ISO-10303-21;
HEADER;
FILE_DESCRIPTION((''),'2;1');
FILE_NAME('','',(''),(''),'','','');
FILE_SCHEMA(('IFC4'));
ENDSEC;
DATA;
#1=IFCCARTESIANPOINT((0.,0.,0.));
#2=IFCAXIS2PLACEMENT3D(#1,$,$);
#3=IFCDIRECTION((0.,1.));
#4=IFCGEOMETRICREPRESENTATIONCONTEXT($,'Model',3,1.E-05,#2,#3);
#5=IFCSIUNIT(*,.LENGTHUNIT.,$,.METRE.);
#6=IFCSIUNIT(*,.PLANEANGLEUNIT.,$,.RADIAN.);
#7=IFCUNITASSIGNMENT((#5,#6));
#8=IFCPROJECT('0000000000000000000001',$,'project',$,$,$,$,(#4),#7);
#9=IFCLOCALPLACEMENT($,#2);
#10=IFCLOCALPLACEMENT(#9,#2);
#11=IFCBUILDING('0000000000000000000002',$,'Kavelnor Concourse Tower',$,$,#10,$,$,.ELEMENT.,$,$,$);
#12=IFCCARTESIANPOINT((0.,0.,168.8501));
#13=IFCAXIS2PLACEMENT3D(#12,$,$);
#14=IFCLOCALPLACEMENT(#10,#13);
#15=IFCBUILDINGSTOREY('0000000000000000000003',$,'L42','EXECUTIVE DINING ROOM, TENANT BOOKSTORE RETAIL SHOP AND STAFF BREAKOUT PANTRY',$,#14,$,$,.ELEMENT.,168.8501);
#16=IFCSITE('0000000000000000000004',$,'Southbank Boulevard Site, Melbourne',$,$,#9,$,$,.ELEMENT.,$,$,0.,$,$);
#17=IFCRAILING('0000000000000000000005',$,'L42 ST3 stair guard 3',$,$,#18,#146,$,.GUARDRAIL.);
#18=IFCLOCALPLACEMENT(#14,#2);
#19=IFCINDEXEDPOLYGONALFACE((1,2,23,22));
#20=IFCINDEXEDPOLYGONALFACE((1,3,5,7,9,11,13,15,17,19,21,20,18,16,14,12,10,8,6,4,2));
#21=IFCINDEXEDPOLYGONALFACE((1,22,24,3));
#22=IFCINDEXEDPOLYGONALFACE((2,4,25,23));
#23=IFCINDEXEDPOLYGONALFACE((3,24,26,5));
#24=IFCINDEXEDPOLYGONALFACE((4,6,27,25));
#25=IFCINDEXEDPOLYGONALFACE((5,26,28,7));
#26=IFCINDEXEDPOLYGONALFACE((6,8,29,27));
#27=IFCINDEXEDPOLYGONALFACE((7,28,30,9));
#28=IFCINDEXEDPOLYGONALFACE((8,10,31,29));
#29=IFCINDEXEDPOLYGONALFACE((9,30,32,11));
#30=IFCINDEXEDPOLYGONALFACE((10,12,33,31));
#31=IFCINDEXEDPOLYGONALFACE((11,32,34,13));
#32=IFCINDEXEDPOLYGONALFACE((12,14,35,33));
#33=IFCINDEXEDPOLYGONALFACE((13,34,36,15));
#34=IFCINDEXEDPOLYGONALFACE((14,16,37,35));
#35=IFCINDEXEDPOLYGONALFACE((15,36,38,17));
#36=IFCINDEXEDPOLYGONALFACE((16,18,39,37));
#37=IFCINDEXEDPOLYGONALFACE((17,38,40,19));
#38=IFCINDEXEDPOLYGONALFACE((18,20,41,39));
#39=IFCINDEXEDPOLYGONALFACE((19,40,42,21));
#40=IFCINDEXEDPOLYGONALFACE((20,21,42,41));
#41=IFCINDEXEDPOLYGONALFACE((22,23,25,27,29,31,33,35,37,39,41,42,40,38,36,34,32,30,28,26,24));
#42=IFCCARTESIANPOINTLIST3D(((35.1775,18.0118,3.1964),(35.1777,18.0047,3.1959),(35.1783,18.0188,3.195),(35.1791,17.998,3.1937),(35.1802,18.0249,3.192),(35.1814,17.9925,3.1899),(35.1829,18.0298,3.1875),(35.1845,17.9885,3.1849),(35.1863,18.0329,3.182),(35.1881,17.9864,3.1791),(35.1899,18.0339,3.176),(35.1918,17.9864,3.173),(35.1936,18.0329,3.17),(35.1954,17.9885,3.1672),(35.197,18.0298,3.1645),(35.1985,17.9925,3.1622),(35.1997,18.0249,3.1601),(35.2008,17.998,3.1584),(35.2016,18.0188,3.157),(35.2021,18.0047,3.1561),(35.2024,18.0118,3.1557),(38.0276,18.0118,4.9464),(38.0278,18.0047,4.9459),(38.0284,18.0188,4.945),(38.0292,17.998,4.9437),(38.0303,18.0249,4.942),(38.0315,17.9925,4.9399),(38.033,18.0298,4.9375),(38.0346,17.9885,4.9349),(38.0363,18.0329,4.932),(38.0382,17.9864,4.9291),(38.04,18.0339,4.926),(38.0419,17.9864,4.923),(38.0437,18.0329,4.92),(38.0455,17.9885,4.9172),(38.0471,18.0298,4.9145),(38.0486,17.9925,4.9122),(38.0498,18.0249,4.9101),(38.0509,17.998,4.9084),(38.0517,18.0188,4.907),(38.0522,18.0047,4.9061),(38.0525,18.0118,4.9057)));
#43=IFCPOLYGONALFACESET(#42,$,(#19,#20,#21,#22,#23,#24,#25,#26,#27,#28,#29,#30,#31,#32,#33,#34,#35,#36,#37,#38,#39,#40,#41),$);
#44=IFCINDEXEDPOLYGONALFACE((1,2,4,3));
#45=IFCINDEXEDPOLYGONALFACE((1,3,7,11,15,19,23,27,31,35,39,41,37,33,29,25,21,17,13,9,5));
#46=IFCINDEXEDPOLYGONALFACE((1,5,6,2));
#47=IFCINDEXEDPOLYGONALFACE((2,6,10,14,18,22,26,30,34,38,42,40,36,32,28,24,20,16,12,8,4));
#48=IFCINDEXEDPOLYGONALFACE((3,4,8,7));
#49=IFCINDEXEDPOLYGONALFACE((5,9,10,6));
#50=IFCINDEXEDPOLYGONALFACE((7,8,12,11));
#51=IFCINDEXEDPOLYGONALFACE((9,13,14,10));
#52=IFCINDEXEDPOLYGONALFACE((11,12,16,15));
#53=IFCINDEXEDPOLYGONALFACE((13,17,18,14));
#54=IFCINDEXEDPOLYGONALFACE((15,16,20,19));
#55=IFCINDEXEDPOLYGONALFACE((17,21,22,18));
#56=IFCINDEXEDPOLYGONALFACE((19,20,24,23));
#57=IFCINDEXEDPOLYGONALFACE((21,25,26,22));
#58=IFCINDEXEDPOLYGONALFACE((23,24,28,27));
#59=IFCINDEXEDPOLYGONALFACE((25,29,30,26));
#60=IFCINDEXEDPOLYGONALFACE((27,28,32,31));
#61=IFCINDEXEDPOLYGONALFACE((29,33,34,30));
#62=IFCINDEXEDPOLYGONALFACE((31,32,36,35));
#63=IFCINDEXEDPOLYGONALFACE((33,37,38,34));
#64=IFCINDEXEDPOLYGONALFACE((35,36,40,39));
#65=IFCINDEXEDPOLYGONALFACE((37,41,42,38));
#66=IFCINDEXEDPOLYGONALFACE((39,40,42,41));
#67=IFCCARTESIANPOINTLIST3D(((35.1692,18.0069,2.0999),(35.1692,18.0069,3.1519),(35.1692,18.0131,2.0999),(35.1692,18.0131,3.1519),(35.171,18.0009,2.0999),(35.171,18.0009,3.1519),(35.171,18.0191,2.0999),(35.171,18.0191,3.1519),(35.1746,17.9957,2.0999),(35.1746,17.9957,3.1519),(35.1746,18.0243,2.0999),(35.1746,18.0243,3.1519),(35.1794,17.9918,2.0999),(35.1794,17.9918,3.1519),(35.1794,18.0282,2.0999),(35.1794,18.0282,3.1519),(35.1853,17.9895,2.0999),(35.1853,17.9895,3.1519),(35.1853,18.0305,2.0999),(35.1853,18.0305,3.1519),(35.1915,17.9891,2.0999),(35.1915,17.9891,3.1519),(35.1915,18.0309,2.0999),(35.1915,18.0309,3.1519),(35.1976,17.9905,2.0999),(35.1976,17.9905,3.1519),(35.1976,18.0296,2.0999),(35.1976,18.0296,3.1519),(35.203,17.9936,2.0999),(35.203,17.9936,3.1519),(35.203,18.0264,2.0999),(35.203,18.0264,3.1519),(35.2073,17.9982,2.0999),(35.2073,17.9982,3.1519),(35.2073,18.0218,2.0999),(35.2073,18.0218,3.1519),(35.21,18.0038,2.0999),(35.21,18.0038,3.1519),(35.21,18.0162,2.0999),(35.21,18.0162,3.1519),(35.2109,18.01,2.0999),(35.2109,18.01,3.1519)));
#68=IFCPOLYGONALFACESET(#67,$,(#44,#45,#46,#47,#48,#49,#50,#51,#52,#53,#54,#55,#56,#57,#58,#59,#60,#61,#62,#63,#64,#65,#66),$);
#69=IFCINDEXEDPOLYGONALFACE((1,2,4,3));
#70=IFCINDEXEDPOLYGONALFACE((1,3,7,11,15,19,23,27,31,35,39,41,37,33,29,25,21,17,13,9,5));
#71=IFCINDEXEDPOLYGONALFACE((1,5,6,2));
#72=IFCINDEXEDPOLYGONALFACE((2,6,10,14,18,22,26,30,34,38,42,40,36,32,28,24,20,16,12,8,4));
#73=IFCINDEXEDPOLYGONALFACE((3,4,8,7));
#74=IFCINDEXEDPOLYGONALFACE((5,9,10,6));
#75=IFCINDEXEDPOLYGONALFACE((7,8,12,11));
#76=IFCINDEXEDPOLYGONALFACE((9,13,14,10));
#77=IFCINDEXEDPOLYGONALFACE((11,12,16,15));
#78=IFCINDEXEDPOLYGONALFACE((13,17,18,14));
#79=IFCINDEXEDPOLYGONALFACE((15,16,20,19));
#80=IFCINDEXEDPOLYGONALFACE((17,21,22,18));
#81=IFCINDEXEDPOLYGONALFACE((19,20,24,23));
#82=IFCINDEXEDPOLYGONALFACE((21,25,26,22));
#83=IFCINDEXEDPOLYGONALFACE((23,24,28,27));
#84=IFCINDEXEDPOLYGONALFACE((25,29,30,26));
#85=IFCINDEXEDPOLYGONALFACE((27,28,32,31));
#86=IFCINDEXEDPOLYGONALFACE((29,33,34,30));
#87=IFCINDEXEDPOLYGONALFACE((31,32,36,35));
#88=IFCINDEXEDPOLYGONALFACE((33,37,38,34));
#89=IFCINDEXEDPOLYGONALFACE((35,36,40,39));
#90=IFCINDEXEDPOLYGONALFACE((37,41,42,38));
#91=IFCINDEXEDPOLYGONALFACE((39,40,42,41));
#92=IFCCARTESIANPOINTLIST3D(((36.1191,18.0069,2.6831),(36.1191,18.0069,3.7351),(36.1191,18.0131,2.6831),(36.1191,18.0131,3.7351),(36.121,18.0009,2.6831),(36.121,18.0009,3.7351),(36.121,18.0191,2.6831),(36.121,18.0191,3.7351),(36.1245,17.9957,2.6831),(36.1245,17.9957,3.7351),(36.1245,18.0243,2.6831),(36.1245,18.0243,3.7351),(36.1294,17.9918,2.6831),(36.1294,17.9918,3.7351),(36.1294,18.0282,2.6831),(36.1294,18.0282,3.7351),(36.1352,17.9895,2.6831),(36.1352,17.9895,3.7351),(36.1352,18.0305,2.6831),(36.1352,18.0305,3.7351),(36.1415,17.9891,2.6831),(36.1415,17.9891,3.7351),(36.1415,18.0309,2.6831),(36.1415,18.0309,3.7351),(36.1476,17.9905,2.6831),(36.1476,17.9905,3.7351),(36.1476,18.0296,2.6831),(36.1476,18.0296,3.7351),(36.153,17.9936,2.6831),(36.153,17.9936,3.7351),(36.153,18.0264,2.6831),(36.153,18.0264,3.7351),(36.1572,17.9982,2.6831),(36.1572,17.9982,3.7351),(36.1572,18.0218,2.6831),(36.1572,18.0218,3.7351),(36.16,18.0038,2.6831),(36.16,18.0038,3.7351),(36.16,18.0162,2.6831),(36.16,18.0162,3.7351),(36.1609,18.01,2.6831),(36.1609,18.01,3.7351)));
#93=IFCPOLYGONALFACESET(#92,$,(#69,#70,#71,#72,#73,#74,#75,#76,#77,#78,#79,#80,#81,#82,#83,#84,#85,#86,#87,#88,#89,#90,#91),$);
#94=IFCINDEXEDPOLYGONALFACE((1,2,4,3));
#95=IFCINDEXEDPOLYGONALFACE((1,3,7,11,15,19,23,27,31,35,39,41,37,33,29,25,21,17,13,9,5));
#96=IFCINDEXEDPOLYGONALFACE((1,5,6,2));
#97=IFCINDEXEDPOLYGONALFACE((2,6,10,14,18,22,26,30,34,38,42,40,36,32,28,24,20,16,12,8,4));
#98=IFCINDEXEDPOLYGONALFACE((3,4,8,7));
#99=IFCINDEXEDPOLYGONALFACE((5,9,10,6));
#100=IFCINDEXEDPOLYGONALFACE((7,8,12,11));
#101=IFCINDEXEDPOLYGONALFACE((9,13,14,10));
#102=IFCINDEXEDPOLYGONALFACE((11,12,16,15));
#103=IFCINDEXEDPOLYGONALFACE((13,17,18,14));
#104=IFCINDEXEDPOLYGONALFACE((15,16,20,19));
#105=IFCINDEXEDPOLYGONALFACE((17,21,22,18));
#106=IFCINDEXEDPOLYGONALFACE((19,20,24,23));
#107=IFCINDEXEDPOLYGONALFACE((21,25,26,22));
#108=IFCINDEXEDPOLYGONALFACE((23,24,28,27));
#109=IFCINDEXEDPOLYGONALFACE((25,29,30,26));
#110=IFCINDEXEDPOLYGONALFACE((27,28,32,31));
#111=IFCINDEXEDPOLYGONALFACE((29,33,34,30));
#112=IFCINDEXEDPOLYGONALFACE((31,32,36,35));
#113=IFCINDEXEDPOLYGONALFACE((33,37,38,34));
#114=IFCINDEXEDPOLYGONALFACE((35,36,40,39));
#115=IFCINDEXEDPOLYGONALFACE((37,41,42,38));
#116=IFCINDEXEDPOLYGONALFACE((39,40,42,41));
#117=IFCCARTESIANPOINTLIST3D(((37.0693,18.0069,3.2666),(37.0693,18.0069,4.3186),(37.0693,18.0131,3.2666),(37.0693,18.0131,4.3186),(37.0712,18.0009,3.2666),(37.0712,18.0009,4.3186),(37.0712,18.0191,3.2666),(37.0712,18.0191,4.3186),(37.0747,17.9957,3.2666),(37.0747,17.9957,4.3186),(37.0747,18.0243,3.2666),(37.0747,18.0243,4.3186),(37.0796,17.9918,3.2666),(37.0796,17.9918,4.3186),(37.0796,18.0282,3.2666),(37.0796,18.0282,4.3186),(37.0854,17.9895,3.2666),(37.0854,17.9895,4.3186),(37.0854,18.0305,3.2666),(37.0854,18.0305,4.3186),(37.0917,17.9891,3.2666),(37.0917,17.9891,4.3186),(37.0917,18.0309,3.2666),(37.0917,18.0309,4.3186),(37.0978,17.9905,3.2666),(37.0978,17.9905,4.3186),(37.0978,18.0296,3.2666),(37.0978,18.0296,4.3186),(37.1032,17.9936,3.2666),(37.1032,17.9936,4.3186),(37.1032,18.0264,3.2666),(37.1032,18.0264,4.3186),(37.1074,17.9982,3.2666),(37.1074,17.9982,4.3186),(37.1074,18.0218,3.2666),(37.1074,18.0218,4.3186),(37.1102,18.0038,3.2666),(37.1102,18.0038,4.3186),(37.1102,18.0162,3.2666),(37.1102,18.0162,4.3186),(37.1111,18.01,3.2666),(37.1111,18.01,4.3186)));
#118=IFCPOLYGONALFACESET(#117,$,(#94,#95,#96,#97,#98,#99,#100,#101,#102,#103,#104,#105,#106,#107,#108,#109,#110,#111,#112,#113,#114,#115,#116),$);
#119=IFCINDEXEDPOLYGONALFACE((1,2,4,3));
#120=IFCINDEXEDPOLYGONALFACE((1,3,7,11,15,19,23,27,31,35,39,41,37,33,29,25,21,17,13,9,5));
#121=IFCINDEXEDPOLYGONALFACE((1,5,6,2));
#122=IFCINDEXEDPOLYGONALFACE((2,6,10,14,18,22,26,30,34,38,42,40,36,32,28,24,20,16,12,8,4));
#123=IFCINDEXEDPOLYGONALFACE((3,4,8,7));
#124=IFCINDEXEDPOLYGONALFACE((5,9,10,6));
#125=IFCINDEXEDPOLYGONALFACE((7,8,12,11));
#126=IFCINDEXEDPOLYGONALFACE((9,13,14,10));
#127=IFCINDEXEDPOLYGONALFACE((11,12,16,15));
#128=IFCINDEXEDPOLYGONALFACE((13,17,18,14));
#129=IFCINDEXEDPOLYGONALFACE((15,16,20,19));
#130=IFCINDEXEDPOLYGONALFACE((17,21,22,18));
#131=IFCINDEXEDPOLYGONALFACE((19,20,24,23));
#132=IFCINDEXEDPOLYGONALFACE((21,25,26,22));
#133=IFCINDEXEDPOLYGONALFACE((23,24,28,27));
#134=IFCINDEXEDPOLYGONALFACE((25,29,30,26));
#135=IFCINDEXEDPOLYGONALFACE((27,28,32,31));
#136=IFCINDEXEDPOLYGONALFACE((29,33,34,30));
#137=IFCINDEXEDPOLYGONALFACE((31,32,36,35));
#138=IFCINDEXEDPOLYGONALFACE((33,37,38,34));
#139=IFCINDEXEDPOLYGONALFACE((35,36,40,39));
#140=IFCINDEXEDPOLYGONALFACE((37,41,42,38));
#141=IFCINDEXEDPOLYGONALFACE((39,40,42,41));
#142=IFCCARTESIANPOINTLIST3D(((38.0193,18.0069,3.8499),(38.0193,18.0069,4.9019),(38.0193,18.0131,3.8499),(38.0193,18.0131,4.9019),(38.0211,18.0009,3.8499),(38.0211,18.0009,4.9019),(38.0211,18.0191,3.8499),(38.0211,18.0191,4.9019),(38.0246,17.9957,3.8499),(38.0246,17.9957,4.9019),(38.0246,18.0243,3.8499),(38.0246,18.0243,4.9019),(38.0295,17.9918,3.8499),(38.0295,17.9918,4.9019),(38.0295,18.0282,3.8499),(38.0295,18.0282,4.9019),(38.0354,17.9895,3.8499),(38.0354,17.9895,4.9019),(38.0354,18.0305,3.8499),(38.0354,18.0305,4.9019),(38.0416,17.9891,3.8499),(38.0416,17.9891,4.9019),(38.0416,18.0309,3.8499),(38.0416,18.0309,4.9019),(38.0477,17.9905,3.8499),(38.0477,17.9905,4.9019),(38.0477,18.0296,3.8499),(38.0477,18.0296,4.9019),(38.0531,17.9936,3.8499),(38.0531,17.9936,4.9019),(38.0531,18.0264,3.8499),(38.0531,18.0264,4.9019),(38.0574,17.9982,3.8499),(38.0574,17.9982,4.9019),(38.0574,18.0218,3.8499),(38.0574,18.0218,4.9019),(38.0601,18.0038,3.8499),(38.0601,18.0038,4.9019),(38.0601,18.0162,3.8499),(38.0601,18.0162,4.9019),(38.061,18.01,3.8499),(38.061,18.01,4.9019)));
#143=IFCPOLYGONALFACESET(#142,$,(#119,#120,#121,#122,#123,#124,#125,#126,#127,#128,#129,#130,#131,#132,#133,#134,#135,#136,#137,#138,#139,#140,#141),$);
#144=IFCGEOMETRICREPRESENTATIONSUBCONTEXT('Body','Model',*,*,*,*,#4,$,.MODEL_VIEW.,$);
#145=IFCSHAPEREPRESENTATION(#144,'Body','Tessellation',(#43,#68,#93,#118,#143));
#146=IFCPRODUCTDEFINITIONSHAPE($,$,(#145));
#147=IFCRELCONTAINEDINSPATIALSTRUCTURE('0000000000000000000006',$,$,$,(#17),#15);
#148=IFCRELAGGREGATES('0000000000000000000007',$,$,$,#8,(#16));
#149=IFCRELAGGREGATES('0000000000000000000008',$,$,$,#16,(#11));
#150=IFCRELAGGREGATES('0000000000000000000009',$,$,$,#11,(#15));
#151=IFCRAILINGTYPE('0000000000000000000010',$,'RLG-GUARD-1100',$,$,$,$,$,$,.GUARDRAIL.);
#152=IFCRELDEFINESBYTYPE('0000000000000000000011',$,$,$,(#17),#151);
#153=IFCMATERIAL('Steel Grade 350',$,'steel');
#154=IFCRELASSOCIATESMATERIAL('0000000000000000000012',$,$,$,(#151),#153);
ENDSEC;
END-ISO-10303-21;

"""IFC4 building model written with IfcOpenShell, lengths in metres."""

from ifc_helpers import new_model, si_unit, direction, frame, origin, origin_2d, place, context, subcontext, project, spatial, circle, extrude, material, type_object, element, save


model = new_model("IFC4")

# Units and contexts
model_context = context("Model", 3, precision=1e-05, world=origin(), true_north=direction((0.0, 1.0)))
body_context = subcontext(model_context, "Body", "Model", "MODEL_VIEW")
ifc_project = project(units=[si_unit("LENGTHUNIT", "METRE"), si_unit("PLANEANGLEUNIT", "RADIAN")], contexts=[model_context])

# Site, building, storey
site_placement = place(None, origin())
site = spatial("IfcSite", under=ifc_project, at=site_placement, Name="Southbank Boulevard Site, Melbourne", CompositionType="ELEMENT", RefElevation=0.0)
building_placement = place(site_placement, origin())
building = spatial("IfcBuilding", under=site, at=building_placement, Name="Kavelnor Concourse Tower", CompositionType="ELEMENT")
storey_placement = place(building_placement, frame((0.0, 0.0, 168.8501)))
storey = spatial("IfcBuildingStorey", under=building, at=storey_placement, Name="L42", Description="EXECUTIVE DINING ROOM, TENANT BOOKSTORE RETAIL SHOP AND STAFF BREAKOUT PANTRY", CompositionType="ELEMENT", Elevation=168.8501)

# Shared definitions
ifc_material_1 = material(Name="Steel Grade 350", Category="steel")

# Railing
railing_type_1 = type_object("IfcRailingType", Name="RLG-GUARD-1100", PredefinedType="GUARDRAIL", material=ifc_material_1)
railing_1_placement = place(storey_placement, frame((35.1899, 18.01, 2.0999)))
element("IfcRailing", 1, at=railing_1_placement, inside=storey, type_object=railing_type_1, Name="L42 ST3 stair guard 3", PredefinedType="GUARDRAIL", context=body_context, shape_type="SweptSolid", body=[
    extrude(circle(Radius=0.0239, at=origin_2d()), frame((0.0, 0.0, 1.0762), z_axis=(0.852179, 0.0, 0.52325), x_axis=(0.0, 1.0, 0.0)), (0.0, 0.0, 1.0), 3.3445),
    extrude(circle(Radius=0.021, at=origin_2d()), origin(), (0.0, 0.0, 1.0), 1.052),
    extrude(circle(Radius=0.021, at=origin_2d()), frame((0.95, 0.0, 0.5833)), (0.0, 0.0, 1.0), 1.052),
    extrude(circle(Radius=0.021, at=origin_2d()), frame((1.9001, 0.0, 1.1667)), (0.0, 0.0, 1.0), 1.052),
    extrude(circle(Radius=0.021, at=origin_2d()), frame((2.8501, 0.0, 1.75)), (0.0, 0.0, 1.0), 1.052),
])

save(model, "model.ifc")
